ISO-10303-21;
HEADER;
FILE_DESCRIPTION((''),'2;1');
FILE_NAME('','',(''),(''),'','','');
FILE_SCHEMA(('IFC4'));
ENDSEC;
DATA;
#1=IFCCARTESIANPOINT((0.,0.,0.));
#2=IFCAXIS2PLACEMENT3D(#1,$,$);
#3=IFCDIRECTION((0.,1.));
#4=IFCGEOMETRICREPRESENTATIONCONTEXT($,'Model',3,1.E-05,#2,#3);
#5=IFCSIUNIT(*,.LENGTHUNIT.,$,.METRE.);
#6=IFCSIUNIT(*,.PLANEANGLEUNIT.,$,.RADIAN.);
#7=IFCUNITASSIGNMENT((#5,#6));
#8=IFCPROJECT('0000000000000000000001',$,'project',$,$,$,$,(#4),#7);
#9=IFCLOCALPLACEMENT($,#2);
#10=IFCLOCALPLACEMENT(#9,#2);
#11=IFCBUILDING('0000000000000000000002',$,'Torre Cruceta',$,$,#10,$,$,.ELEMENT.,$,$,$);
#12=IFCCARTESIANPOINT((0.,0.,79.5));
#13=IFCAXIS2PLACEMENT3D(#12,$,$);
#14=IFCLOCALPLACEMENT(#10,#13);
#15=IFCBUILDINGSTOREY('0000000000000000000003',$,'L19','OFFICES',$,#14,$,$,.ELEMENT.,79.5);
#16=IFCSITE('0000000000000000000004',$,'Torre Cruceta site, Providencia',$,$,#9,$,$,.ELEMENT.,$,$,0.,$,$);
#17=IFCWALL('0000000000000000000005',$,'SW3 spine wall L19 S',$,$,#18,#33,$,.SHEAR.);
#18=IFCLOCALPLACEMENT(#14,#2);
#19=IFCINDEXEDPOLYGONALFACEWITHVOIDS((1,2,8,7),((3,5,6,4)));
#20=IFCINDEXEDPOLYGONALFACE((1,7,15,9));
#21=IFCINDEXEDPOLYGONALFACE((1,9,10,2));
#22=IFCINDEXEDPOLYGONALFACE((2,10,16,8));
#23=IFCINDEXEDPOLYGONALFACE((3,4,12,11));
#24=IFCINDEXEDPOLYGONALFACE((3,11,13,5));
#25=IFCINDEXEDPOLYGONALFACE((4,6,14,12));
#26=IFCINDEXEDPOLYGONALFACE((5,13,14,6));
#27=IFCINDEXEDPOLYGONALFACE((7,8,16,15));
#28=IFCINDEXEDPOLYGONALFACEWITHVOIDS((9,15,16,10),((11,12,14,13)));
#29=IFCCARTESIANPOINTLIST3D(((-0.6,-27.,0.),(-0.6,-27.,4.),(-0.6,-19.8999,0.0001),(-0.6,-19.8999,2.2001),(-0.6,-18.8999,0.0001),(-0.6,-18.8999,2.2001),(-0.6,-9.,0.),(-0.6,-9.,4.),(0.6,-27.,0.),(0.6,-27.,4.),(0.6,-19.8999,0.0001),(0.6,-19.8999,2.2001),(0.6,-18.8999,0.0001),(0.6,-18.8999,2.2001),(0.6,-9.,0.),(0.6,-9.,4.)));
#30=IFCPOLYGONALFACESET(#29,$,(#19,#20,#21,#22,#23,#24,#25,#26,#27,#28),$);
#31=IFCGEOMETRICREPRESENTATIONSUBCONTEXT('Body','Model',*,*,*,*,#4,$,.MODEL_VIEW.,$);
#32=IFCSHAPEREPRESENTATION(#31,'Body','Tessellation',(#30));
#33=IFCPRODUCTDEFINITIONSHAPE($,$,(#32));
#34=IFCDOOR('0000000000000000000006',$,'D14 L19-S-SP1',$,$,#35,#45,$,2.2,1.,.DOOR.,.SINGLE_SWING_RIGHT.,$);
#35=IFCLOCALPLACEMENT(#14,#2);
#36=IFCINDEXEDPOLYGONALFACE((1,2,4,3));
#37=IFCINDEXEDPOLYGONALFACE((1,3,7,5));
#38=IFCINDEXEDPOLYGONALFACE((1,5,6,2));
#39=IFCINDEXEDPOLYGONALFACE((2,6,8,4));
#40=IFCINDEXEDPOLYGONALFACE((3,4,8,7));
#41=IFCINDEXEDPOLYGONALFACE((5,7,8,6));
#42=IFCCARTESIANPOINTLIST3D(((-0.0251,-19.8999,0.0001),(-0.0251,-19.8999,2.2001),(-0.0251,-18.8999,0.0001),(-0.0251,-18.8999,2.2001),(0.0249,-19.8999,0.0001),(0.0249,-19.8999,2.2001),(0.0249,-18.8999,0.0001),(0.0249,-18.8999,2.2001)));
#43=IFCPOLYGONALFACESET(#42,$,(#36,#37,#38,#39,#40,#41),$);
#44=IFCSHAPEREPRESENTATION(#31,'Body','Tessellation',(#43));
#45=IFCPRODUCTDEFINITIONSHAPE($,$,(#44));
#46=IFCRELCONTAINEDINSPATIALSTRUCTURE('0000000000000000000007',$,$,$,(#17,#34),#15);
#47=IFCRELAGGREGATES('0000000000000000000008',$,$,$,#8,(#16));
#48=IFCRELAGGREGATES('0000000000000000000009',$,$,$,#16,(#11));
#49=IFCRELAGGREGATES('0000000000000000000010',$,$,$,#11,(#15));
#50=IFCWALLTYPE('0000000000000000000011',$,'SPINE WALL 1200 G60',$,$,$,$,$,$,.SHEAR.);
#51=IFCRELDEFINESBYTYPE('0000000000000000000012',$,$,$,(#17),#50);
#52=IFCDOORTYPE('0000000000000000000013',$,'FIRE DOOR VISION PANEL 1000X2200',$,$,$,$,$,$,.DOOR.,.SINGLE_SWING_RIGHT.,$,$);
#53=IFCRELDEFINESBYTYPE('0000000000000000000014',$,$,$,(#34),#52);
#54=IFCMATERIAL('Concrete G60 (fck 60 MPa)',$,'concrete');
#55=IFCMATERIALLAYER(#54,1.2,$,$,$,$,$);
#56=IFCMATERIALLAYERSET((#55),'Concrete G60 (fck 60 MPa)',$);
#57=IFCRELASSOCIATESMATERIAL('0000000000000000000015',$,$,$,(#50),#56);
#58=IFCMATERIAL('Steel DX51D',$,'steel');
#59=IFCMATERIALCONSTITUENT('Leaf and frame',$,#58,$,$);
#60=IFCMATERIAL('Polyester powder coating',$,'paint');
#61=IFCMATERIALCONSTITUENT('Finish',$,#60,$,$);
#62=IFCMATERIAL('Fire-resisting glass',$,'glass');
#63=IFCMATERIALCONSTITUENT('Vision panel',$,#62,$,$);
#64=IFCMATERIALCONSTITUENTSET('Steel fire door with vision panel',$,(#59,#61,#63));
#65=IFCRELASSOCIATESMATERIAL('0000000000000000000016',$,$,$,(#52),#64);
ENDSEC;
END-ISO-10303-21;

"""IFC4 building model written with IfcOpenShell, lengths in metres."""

from ifc_helpers import new_model, si_unit, direction, frame, frame_2d, origin, place, context, subcontext, project, spatial, rectangle, extrude, material, layer, layer_set, constituent, constituent_set, type_object, element, fill, save


model = new_model("IFC4")

# Units and contexts
model_context = context("Model", 3, precision=1e-05, world=origin(), true_north=direction((0.0, 1.0)))
body_context = subcontext(model_context, "Body", "Model", "MODEL_VIEW")
ifc_project = project(units=[si_unit("LENGTHUNIT", "METRE"), si_unit("PLANEANGLEUNIT", "RADIAN")], contexts=[model_context])

# Site, building, storey
site_placement = place(None, origin())
site = spatial("IfcSite", under=ifc_project, at=site_placement, Name="Torre Cruceta site, Providencia", CompositionType="ELEMENT", RefElevation=0.0)
building_placement = place(site_placement, origin())
building = spatial("IfcBuilding", under=site, at=building_placement, Name="Torre Cruceta", CompositionType="ELEMENT")
storey_placement = place(building_placement, frame((0.0, 0.0, 79.5)))
storey = spatial("IfcBuildingStorey", under=building, at=storey_placement, Name="L19", Description="OFFICES", CompositionType="ELEMENT", Elevation=79.5)

# Wall, opening, door
ifc_material_1 = material(Name="Concrete G60 (fck 60 MPa)", Category="concrete")
ifc_layer_1 = layer(ifc_material_1, 1.2)
ifc_layer_set_1 = layer_set([ifc_layer_1], Name="Concrete G60 (fck 60 MPa)")
wall_type_1 = type_object("IfcWallType", Name="SPINE WALL 1200 G60", PredefinedType="SHEAR", material=ifc_layer_set_1)
wall_1_placement = place(storey_placement, frame((0.0, -9.0, 0.0), z_axis=(0.0, 0.0, 1.0), x_axis=(0.0, -1.0, 0.0)))
wall_1 = element("IfcWall", 1, at=wall_1_placement, inside=storey, type_object=wall_type_1, Name="SW3 spine wall L19 S", PredefinedType="SHEAR", context=body_context, shape_type="SweptSolid", body=[
    extrude(rectangle(XDim=18.0, YDim=1.2, at=frame_2d((9.0, 0.0))), origin(), (0.0, 0.0, 1.0), 4.0),
])
opening_1_placement = place(wall_1_placement, frame((9.8999, 0.0, 0.0)))
opening_1 = element("IfcOpeningElement", 2, at=opening_1_placement, cuts=wall_1, PredefinedType="OPENING", context=body_context, shape_type="SweptSolid", body=[
    extrude(rectangle(XDim=1.0, YDim=2.2, at=frame_2d((0.5, 1.1001))), frame((0.0, 0.6099, 0.0), z_axis=(0.0, -1.0, 0.0), x_axis=(1.0, 0.0, 0.0)), (0.0, 0.0, 1.0), 1.22),
])
ifc_material_2 = material(Name="Steel DX51D", Category="steel")
ifc_constituent_1 = constituent(ifc_material_2, Name="Leaf and frame")
ifc_material_3 = material(Name="Polyester powder coating", Category="paint")
ifc_constituent_2 = constituent(ifc_material_3, Name="Finish")
ifc_material_4 = material(Name="Fire-resisting glass", Category="glass")
ifc_constituent_3 = constituent(ifc_material_4, Name="Vision panel")
ifc_constituent_set_1 = constituent_set(constituents=[ifc_constituent_1, ifc_constituent_2, ifc_constituent_3], Name="Steel fire door with vision panel")
door_type_1 = type_object("IfcDoorType", Name="FIRE DOOR VISION PANEL 1000X2200", OperationType="SINGLE_SWING_RIGHT", PredefinedType="DOOR", material=ifc_constituent_set_1)
door_1_placement = place(opening_1_placement, origin())
door_1 = element("IfcDoor", 3, at=door_1_placement, inside=storey, type_object=door_type_1, Name="D14 L19-S-SP1", OperationType="SINGLE_SWING_RIGHT", OverallHeight=2.2, OverallWidth=1.0, PredefinedType="DOOR", context=body_context, shape_type="SweptSolid", body=[
    extrude(rectangle(XDim=1.0, YDim=2.2, at=frame_2d((0.5, 1.1001))), frame((0.0, 0.0249, 0.0), z_axis=(0.0, -1.0, 0.0), x_axis=(1.0, 0.0, 0.0)), (0.0, 0.0, 1.0), 0.05),
])
fill(opening_1, door_1)

save(model, "model.ifc")
